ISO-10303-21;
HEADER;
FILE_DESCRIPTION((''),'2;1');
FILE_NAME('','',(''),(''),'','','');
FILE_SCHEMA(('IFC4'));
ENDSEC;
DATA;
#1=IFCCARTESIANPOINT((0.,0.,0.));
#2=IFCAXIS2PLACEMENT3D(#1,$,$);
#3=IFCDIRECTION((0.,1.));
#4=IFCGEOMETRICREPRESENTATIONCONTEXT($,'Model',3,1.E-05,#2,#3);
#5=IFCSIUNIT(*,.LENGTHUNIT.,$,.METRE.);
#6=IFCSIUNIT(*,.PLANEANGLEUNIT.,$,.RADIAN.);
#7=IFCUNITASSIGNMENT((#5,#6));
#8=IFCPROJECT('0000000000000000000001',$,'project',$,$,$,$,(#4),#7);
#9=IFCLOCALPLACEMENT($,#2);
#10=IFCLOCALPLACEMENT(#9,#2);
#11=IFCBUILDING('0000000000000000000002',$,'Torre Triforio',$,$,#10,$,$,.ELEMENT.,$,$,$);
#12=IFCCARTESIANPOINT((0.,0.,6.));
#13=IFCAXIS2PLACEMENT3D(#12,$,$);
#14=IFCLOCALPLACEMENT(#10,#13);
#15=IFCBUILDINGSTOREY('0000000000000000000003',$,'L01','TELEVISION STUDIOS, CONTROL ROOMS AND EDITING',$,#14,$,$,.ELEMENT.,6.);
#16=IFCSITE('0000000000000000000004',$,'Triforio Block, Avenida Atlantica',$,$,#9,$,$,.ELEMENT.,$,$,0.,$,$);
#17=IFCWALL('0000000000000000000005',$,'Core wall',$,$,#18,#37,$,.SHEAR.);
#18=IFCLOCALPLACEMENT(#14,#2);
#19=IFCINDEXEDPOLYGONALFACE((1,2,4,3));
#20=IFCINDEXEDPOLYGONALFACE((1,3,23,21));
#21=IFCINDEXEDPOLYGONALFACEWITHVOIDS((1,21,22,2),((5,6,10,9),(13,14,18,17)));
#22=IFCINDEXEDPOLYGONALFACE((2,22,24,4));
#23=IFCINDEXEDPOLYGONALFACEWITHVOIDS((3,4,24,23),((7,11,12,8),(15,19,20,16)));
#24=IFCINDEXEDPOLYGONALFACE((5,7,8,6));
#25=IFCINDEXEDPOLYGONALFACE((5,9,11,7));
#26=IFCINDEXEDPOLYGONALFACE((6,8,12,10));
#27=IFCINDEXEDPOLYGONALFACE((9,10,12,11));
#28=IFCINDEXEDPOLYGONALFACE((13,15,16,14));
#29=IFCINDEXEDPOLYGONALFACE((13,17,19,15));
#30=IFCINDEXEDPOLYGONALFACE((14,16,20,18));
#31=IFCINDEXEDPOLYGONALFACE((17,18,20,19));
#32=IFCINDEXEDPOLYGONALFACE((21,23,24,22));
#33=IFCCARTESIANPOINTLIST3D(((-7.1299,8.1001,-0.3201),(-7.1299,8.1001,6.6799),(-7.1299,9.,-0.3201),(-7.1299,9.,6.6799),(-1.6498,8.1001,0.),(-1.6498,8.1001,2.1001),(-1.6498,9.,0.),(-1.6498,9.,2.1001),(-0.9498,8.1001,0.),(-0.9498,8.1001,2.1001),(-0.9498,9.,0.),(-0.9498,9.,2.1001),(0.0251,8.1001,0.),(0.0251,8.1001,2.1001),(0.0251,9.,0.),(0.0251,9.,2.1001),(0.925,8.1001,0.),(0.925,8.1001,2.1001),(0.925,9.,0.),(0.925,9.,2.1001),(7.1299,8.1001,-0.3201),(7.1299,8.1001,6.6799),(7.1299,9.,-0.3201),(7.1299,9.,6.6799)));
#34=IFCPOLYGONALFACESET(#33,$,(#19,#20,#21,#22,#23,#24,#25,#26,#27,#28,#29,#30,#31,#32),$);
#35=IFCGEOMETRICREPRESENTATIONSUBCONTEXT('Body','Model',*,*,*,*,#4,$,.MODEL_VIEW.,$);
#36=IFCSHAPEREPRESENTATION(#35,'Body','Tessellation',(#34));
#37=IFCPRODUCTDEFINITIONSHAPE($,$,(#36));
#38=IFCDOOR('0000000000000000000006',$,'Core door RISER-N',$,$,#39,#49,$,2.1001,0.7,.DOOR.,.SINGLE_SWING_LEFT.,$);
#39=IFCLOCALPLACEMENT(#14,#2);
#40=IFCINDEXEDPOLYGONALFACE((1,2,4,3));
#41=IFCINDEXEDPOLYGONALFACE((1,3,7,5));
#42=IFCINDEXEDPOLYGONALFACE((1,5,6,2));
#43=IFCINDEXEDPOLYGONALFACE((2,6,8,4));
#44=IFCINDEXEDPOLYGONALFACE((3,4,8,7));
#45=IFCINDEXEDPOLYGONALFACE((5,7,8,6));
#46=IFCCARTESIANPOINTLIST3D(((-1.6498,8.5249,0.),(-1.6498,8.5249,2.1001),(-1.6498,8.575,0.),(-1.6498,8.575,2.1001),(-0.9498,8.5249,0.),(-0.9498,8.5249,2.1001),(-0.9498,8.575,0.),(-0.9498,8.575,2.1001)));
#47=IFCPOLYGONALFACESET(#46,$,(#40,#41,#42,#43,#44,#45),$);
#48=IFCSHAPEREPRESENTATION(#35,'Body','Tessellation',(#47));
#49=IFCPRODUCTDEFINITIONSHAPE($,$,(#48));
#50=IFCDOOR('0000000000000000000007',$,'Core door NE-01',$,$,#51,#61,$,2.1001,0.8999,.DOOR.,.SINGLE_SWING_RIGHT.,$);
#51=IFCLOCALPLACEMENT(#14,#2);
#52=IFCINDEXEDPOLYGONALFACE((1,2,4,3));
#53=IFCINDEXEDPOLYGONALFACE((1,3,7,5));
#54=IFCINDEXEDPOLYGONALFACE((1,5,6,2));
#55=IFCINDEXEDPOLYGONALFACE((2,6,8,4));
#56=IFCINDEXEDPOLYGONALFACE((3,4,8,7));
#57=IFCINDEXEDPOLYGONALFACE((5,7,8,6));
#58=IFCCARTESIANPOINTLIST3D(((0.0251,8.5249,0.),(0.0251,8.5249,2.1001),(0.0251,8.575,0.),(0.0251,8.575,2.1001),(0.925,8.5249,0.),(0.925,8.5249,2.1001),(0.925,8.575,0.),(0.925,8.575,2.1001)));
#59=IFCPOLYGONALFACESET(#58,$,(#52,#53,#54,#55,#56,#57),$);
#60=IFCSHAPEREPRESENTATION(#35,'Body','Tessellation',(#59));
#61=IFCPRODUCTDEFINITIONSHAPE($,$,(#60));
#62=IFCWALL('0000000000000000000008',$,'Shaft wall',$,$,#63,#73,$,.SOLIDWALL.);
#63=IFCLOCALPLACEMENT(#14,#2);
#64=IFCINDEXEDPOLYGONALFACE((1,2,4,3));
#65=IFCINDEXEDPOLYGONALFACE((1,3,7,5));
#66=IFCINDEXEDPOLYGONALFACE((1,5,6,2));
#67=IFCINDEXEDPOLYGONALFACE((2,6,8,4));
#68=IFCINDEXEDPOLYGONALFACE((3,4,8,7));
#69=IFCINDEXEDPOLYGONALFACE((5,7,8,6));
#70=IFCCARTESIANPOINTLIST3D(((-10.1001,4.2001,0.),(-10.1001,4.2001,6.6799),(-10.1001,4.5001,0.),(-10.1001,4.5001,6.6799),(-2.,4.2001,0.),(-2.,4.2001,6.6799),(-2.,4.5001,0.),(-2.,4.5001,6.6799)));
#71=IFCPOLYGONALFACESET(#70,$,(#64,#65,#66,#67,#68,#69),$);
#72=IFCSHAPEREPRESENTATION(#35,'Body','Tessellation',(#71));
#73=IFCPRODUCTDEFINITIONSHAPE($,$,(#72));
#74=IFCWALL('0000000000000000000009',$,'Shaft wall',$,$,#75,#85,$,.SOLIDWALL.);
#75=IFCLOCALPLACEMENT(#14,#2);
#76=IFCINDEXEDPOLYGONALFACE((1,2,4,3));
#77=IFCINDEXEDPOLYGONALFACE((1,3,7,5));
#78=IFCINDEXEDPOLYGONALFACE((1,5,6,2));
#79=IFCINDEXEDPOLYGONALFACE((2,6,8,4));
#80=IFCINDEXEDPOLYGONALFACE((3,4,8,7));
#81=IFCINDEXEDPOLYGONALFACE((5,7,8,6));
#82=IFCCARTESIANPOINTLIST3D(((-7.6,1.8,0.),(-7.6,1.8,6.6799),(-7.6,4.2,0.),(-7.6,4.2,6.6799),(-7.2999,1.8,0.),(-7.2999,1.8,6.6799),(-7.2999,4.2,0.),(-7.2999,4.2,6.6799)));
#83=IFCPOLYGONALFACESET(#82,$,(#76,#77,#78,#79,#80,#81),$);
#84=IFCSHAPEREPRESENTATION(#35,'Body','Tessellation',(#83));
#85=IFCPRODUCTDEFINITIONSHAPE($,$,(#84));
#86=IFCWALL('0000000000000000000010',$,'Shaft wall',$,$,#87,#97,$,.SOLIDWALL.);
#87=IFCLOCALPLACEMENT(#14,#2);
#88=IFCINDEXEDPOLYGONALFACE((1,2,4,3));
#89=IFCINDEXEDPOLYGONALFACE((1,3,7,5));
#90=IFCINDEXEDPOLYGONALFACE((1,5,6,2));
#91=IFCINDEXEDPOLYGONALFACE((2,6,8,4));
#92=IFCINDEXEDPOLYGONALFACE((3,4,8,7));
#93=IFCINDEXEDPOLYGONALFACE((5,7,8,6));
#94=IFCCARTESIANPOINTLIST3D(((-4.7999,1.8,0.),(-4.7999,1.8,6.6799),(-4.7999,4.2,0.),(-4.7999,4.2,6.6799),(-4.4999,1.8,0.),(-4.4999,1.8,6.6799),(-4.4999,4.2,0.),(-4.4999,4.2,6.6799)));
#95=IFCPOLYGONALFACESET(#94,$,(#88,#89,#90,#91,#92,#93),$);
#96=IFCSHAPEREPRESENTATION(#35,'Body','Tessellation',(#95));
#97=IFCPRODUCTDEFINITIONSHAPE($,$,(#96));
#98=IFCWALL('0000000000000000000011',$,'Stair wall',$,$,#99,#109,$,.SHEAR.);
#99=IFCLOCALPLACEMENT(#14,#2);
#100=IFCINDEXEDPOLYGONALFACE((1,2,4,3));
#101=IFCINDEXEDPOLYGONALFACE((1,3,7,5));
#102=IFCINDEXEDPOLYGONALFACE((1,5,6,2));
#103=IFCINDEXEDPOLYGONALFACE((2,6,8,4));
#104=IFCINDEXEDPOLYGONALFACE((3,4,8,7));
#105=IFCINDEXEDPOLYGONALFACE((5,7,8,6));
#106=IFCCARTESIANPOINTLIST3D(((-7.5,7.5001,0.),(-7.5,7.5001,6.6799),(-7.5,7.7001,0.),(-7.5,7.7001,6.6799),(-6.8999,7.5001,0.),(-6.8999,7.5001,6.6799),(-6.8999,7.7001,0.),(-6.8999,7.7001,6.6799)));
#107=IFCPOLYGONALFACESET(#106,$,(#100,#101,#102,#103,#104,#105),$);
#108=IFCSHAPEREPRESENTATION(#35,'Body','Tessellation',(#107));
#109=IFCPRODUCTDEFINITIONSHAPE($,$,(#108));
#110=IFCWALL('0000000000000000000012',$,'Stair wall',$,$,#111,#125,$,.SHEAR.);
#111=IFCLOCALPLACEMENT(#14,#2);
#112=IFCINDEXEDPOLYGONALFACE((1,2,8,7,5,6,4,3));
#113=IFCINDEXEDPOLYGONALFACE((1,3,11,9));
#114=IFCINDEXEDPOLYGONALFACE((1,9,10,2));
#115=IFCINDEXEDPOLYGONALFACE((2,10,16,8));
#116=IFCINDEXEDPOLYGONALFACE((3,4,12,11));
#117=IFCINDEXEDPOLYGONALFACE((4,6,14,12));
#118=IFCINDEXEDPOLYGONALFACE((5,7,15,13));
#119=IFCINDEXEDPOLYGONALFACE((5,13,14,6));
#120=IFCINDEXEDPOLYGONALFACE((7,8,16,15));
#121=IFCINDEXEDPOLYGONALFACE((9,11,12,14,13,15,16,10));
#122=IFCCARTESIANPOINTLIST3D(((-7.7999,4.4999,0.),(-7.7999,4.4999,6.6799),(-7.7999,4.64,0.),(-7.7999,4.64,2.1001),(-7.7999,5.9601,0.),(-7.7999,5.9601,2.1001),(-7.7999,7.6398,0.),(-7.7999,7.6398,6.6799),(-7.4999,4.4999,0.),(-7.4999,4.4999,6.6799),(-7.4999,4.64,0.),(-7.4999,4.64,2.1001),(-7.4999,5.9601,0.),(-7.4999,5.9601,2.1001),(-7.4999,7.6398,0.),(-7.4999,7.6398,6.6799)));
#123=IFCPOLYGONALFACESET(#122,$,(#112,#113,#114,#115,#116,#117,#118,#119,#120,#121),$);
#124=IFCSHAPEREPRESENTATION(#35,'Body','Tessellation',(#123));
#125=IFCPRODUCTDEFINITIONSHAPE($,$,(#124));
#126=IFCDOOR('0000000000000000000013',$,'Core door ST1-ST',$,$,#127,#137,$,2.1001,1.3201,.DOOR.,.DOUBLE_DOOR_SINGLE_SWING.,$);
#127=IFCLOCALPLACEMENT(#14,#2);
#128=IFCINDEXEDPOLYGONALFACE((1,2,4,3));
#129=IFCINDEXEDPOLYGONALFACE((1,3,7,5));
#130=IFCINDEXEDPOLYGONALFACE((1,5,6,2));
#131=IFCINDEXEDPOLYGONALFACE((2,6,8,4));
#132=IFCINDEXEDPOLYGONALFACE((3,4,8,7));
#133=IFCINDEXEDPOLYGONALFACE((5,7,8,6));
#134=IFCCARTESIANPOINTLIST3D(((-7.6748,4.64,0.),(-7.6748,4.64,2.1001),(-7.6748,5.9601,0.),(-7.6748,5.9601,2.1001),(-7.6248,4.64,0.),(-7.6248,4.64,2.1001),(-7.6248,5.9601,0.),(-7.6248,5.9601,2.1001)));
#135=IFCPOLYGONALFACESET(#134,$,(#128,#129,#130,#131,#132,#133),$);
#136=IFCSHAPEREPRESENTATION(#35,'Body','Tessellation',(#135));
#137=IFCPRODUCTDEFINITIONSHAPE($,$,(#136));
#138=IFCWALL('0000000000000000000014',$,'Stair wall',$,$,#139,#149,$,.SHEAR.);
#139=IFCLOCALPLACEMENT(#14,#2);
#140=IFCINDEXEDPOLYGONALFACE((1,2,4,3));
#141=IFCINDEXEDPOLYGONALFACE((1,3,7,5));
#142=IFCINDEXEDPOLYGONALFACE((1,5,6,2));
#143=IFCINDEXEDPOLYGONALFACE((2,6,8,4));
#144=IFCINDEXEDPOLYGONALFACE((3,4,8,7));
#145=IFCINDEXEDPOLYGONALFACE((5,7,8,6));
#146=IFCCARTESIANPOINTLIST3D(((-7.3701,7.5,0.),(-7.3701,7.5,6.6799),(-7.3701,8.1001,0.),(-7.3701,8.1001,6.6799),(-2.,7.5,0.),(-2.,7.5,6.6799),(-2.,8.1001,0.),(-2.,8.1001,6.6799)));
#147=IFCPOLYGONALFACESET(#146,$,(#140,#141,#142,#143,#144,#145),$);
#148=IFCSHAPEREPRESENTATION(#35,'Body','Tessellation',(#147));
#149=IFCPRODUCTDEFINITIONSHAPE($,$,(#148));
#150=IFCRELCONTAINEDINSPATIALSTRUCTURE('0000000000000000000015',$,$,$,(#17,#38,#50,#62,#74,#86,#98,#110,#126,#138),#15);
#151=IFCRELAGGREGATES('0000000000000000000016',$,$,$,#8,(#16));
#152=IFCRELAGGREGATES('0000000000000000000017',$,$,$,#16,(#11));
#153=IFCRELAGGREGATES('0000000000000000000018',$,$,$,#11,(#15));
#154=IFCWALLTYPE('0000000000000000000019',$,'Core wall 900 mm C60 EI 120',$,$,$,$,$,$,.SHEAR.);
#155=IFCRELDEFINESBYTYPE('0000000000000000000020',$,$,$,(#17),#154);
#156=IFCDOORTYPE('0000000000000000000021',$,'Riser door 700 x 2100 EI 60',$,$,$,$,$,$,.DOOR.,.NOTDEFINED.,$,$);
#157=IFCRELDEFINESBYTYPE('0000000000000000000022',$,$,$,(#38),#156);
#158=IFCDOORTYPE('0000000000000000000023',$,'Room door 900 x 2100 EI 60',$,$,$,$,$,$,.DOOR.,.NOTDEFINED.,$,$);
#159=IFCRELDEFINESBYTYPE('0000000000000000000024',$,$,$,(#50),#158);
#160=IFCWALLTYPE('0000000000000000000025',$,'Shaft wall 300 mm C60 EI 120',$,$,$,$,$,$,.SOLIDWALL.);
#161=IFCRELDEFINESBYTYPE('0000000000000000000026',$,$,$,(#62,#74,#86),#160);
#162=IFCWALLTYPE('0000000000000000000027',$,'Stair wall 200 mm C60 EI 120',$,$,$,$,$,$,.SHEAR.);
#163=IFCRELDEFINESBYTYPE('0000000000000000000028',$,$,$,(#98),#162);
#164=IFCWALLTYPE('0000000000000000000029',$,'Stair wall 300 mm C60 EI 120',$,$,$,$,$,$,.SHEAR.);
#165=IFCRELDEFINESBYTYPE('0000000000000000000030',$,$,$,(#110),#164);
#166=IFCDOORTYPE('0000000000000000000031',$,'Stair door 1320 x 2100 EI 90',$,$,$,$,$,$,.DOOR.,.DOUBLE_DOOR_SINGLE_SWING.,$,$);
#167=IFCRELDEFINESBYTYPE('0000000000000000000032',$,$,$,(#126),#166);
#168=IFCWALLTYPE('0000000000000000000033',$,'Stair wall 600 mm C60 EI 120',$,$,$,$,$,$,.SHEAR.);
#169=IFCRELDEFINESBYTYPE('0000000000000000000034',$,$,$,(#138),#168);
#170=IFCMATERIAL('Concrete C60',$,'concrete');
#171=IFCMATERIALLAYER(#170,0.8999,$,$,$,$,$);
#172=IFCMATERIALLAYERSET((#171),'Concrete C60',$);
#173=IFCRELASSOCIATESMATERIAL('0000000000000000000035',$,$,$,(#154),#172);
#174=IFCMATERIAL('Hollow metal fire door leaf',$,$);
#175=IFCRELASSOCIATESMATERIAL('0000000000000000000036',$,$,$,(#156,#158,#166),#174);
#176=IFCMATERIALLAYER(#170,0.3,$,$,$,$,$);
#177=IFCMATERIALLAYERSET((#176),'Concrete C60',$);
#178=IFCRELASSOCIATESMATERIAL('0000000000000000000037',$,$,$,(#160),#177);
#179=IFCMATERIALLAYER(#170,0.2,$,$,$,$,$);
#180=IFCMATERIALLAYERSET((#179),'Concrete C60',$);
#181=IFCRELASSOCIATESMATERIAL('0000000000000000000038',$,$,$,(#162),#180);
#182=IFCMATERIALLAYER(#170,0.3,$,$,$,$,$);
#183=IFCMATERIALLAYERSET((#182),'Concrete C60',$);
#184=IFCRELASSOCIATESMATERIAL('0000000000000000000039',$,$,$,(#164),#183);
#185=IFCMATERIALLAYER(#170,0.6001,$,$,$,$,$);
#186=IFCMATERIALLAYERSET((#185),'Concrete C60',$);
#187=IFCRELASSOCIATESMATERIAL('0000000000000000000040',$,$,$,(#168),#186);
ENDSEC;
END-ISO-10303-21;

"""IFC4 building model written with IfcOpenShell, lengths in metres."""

from ifc_helpers import new_model, si_unit, direction, frame, frame_2d, origin, place, context, subcontext, project, spatial, rectangle, extrude, material, layer, layer_set, type_object, element, fill, save


model = new_model("IFC4")

# Units and contexts
model_context = context("Model", 3, precision=1e-05, world=origin(), true_north=direction((0.0, 1.0)))
body_context = subcontext(model_context, "Body", "Model", "MODEL_VIEW")
ifc_project = project(units=[si_unit("LENGTHUNIT", "METRE"), si_unit("PLANEANGLEUNIT", "RADIAN")], contexts=[model_context])

# Site, building, storey
site_placement = place(None, origin())
site = spatial("IfcSite", under=ifc_project, at=site_placement, Name="Triforio Block, Avenida Atlantica", CompositionType="ELEMENT", RefElevation=0.0)
building_placement = place(site_placement, origin())
building = spatial("IfcBuilding", under=site, at=building_placement, Name="Torre Triforio", CompositionType="ELEMENT")
storey_placement = place(building_placement, frame((0.0, 0.0, 6.0)))
storey = spatial("IfcBuildingStorey", under=building, at=storey_placement, Name="L01", Description="TELEVISION STUDIOS, CONTROL ROOMS AND EDITING", CompositionType="ELEMENT", Elevation=6.0)

# Wall, openings, doors
ifc_material_1 = material(Name="Concrete C60", Category="concrete")
ifc_layer_1 = layer(ifc_material_1, 0.8999)
ifc_layer_set_1 = layer_set([ifc_layer_1], Name="Concrete C60")
wall_type_1 = type_object("IfcWallType", Name="Core wall 900 mm C60 EI 120", PredefinedType="SHEAR", material=ifc_layer_set_1)
wall_1_placement = place(storey_placement, frame((-7.1299, 8.55, -0.3201), z_axis=(0.0, 0.0, 1.0), x_axis=(1.0, 0.0, 0.0)))
wall_1 = element("IfcWall", 1, at=wall_1_placement, inside=storey, type_object=wall_type_1, Name="Core wall", PredefinedType="SHEAR", context=body_context, shape_type="SweptSolid", body=[
    extrude(rectangle(XDim=14.2598, YDim=0.8999, at=frame_2d((7.1299, 0.0))), origin(), (0.0, 0.0, 1.0), 7.0),
])
opening_1_placement = place(wall_1_placement, frame((5.48, 0.0, 0.3201)))
opening_1 = element("IfcOpeningElement", 2, at=opening_1_placement, cuts=wall_1, PredefinedType="OPENING", context=body_context, shape_type="SweptSolid", body=[
    extrude(rectangle(XDim=0.7, YDim=2.1001, at=frame_2d((0.3501, 1.05))), frame((0.0, 0.46, 0.0), z_axis=(0.0, -1.0, 0.0), x_axis=(1.0, 0.0, 0.0)), (0.0, 0.0, 1.0), 0.9199),
])
opening_2_placement = place(wall_1_placement, frame((7.155, 0.0, 0.3201)))
opening_2 = element("IfcOpeningElement", 3, at=opening_2_placement, cuts=wall_1, PredefinedType="OPENING", context=body_context, shape_type="SweptSolid", body=[
    extrude(rectangle(XDim=0.8999, YDim=2.1001, at=frame_2d((0.45, 1.05))), frame((0.0, 0.46, 0.0), z_axis=(0.0, -1.0, 0.0), x_axis=(1.0, 0.0, 0.0)), (0.0, 0.0, 1.0), 0.9199),
])
ifc_material_2 = material(Name="Hollow metal fire door leaf")
door_type_1 = type_object("IfcDoorType", Name="Riser door 700 x 2100 EI 60", OperationType="NOTDEFINED", PredefinedType="DOOR", material=ifc_material_2)
door_1_placement = place(opening_1_placement, origin())
door_1 = element("IfcDoor", 4, at=door_1_placement, inside=storey, type_object=door_type_1, Name="Core door RISER-N", OperationType="SINGLE_SWING_LEFT", OverallHeight=2.1001, OverallWidth=0.7, PredefinedType="DOOR", context=body_context, shape_type="SweptSolid", body=[
    extrude(rectangle(XDim=0.7, YDim=2.1001, at=frame_2d((0.3501, 1.05))), frame((0.0, 0.0249, 0.0), z_axis=(0.0, -1.0, 0.0), x_axis=(1.0, 0.0, 0.0)), (0.0, 0.0, 1.0), 0.05),
])
fill(opening_1, door_1)
door_type_2 = type_object("IfcDoorType", Name="Room door 900 x 2100 EI 60", OperationType="NOTDEFINED", PredefinedType="DOOR", material=ifc_material_2)
door_2_placement = place(opening_2_placement, origin())
door_2 = element("IfcDoor", 5, at=door_2_placement, inside=storey, type_object=door_type_2, Name="Core door NE-01", OperationType="SINGLE_SWING_RIGHT", OverallHeight=2.1001, OverallWidth=0.8999, PredefinedType="DOOR", context=body_context, shape_type="SweptSolid", body=[
    extrude(rectangle(XDim=0.8999, YDim=2.1001, at=frame_2d((0.45, 1.05))), frame((0.0, 0.0249, 0.0), z_axis=(0.0, -1.0, 0.0), x_axis=(1.0, 0.0, 0.0)), (0.0, 0.0, 1.0), 0.05),
])
fill(opening_2, door_2)

# Walls
ifc_layer_2 = layer(ifc_material_1, 0.3)
ifc_layer_set_2 = layer_set([ifc_layer_2], Name="Concrete C60")
wall_type_2 = type_object("IfcWallType", Name="Shaft wall 300 mm C60 EI 120", PredefinedType="SOLIDWALL", material=ifc_layer_set_2)
wall_2_placement = place(storey_placement, frame((-10.1001, 4.3501, 0.0), z_axis=(0.0, 0.0, 1.0), x_axis=(1.0, 0.0, 0.0)))
element("IfcWall", 6, at=wall_2_placement, inside=storey, type_object=wall_type_2, Name="Shaft wall", PredefinedType="SOLIDWALL", context=body_context, shape_type="SweptSolid", body=[
    extrude(rectangle(XDim=8.1001, YDim=0.3, at=frame_2d((4.05, 0.0))), origin(), (0.0, 0.0, 1.0), 6.6799),
])
for number, where, z_axis, x_axis, name in (
    (7, (-7.45, 1.8, 0.0), (0.0, 0.0, 1.0), (0.0, 1.0, 0.0), "Shaft wall"),
    (8, (-4.6499, 1.8, 0.0), (0.0, 0.0, 1.0), (0.0, 1.0, 0.0), "Shaft wall"),
):
    element("IfcWall", number, at=place(storey_placement, frame(where, z_axis=z_axis, x_axis=x_axis)), inside=storey, type_object=wall_type_2, Name=name, PredefinedType="SOLIDWALL", context=body_context, shape_type="SweptSolid", body=[
        extrude(rectangle(XDim=2.3999, YDim=0.3, at=frame_2d((1.2, 0.0))), origin(), (0.0, 0.0, 1.0), 6.6799),
    ])
ifc_layer_3 = layer(ifc_material_1, 0.2)
ifc_layer_set_3 = layer_set([ifc_layer_3], Name="Concrete C60")
wall_type_3 = type_object("IfcWallType", Name="Stair wall 200 mm C60 EI 120", PredefinedType="SHEAR", material=ifc_layer_set_3)
wall_3_placement = place(storey_placement, frame((-7.5, 7.6001, 0.0), z_axis=(0.0, 0.0, 1.0), x_axis=(1.0, 0.0, 0.0)))
element("IfcWall", 9, at=wall_3_placement, inside=storey, type_object=wall_type_3, Name="Stair wall", PredefinedType="SHEAR", context=body_context, shape_type="SweptSolid", body=[
    extrude(rectangle(XDim=0.6001, YDim=0.2, at=frame_2d((0.3, 0.0))), origin(), (0.0, 0.0, 1.0), 6.6799),
])

# Wall, opening, door
ifc_layer_4 = layer(ifc_material_1, 0.3)
ifc_layer_set_4 = layer_set([ifc_layer_4], Name="Concrete C60")
wall_type_4 = type_object("IfcWallType", Name="Stair wall 300 mm C60 EI 120", PredefinedType="SHEAR", material=ifc_layer_set_4)
wall_4_placement = place(storey_placement, frame((-7.6499, 4.5, 0.0), z_axis=(0.0, 0.0, 1.0), x_axis=(0.0, 1.0, 0.0)))
wall_4 = element("IfcWall", 10, at=wall_4_placement, inside=storey, type_object=wall_type_4, Name="Stair wall", PredefinedType="SHEAR", context=body_context, shape_type="SweptSolid", body=[
    extrude(rectangle(XDim=3.1399, YDim=0.3, at=frame_2d((1.5698, 0.0))), origin(), (0.0, 0.0, 1.0), 6.6799),
])
opening_3_placement = place(wall_4_placement, frame((0.1399, 0.0, 0.0)))
opening_3 = element("IfcOpeningElement", 11, at=opening_3_placement, cuts=wall_4, PredefinedType="OPENING", context=body_context, shape_type="SweptSolid", body=[
    extrude(rectangle(XDim=1.3201, YDim=2.1001, at=frame_2d((0.6602, 1.05))), frame((0.0, 0.1599, 0.0), z_axis=(0.0, -1.0, 0.0), x_axis=(1.0, 0.0, 0.0)), (0.0, 0.0, 1.0), 0.3201),
])
door_type_3 = type_object("IfcDoorType", Name="Stair door 1320 x 2100 EI 90", OperationType="DOUBLE_DOOR_SINGLE_SWING", PredefinedType="DOOR", material=ifc_material_2)
door_3_placement = place(opening_3_placement, origin())
door_3 = element("IfcDoor", 12, at=door_3_placement, inside=storey, type_object=door_type_3, Name="Core door ST1-ST", OperationType="DOUBLE_DOOR_SINGLE_SWING", OverallHeight=2.1001, OverallWidth=1.3201, PredefinedType="DOOR", context=body_context, shape_type="SweptSolid", body=[
    extrude(rectangle(XDim=1.3201, YDim=2.1001, at=frame_2d((0.6602, 1.05))), frame((0.0, 0.0249, 0.0), z_axis=(0.0, -1.0, 0.0), x_axis=(1.0, 0.0, 0.0)), (0.0, 0.0, 1.0), 0.05),
])
fill(opening_3, door_3)

# Wall
ifc_layer_5 = layer(ifc_material_1, 0.6001)
ifc_layer_set_5 = layer_set([ifc_layer_5], Name="Concrete C60")
wall_type_5 = type_object("IfcWallType", Name="Stair wall 600 mm C60 EI 120", PredefinedType="SHEAR", material=ifc_layer_set_5)
wall_5_placement = place(storey_placement, frame((-7.3701, 7.8, 0.0), z_axis=(0.0, 0.0, 1.0), x_axis=(1.0, 0.0, 0.0)))
element("IfcWall", 13, at=wall_5_placement, inside=storey, type_object=wall_type_5, Name="Stair wall", PredefinedType="SHEAR", context=body_context, shape_type="SweptSolid", body=[
    extrude(rectangle(XDim=5.3701, YDim=0.6001, at=frame_2d((2.6851, 0.0))), origin(), (0.0, 0.0, 1.0), 6.6799),
])

save(model, "model.ifc")
